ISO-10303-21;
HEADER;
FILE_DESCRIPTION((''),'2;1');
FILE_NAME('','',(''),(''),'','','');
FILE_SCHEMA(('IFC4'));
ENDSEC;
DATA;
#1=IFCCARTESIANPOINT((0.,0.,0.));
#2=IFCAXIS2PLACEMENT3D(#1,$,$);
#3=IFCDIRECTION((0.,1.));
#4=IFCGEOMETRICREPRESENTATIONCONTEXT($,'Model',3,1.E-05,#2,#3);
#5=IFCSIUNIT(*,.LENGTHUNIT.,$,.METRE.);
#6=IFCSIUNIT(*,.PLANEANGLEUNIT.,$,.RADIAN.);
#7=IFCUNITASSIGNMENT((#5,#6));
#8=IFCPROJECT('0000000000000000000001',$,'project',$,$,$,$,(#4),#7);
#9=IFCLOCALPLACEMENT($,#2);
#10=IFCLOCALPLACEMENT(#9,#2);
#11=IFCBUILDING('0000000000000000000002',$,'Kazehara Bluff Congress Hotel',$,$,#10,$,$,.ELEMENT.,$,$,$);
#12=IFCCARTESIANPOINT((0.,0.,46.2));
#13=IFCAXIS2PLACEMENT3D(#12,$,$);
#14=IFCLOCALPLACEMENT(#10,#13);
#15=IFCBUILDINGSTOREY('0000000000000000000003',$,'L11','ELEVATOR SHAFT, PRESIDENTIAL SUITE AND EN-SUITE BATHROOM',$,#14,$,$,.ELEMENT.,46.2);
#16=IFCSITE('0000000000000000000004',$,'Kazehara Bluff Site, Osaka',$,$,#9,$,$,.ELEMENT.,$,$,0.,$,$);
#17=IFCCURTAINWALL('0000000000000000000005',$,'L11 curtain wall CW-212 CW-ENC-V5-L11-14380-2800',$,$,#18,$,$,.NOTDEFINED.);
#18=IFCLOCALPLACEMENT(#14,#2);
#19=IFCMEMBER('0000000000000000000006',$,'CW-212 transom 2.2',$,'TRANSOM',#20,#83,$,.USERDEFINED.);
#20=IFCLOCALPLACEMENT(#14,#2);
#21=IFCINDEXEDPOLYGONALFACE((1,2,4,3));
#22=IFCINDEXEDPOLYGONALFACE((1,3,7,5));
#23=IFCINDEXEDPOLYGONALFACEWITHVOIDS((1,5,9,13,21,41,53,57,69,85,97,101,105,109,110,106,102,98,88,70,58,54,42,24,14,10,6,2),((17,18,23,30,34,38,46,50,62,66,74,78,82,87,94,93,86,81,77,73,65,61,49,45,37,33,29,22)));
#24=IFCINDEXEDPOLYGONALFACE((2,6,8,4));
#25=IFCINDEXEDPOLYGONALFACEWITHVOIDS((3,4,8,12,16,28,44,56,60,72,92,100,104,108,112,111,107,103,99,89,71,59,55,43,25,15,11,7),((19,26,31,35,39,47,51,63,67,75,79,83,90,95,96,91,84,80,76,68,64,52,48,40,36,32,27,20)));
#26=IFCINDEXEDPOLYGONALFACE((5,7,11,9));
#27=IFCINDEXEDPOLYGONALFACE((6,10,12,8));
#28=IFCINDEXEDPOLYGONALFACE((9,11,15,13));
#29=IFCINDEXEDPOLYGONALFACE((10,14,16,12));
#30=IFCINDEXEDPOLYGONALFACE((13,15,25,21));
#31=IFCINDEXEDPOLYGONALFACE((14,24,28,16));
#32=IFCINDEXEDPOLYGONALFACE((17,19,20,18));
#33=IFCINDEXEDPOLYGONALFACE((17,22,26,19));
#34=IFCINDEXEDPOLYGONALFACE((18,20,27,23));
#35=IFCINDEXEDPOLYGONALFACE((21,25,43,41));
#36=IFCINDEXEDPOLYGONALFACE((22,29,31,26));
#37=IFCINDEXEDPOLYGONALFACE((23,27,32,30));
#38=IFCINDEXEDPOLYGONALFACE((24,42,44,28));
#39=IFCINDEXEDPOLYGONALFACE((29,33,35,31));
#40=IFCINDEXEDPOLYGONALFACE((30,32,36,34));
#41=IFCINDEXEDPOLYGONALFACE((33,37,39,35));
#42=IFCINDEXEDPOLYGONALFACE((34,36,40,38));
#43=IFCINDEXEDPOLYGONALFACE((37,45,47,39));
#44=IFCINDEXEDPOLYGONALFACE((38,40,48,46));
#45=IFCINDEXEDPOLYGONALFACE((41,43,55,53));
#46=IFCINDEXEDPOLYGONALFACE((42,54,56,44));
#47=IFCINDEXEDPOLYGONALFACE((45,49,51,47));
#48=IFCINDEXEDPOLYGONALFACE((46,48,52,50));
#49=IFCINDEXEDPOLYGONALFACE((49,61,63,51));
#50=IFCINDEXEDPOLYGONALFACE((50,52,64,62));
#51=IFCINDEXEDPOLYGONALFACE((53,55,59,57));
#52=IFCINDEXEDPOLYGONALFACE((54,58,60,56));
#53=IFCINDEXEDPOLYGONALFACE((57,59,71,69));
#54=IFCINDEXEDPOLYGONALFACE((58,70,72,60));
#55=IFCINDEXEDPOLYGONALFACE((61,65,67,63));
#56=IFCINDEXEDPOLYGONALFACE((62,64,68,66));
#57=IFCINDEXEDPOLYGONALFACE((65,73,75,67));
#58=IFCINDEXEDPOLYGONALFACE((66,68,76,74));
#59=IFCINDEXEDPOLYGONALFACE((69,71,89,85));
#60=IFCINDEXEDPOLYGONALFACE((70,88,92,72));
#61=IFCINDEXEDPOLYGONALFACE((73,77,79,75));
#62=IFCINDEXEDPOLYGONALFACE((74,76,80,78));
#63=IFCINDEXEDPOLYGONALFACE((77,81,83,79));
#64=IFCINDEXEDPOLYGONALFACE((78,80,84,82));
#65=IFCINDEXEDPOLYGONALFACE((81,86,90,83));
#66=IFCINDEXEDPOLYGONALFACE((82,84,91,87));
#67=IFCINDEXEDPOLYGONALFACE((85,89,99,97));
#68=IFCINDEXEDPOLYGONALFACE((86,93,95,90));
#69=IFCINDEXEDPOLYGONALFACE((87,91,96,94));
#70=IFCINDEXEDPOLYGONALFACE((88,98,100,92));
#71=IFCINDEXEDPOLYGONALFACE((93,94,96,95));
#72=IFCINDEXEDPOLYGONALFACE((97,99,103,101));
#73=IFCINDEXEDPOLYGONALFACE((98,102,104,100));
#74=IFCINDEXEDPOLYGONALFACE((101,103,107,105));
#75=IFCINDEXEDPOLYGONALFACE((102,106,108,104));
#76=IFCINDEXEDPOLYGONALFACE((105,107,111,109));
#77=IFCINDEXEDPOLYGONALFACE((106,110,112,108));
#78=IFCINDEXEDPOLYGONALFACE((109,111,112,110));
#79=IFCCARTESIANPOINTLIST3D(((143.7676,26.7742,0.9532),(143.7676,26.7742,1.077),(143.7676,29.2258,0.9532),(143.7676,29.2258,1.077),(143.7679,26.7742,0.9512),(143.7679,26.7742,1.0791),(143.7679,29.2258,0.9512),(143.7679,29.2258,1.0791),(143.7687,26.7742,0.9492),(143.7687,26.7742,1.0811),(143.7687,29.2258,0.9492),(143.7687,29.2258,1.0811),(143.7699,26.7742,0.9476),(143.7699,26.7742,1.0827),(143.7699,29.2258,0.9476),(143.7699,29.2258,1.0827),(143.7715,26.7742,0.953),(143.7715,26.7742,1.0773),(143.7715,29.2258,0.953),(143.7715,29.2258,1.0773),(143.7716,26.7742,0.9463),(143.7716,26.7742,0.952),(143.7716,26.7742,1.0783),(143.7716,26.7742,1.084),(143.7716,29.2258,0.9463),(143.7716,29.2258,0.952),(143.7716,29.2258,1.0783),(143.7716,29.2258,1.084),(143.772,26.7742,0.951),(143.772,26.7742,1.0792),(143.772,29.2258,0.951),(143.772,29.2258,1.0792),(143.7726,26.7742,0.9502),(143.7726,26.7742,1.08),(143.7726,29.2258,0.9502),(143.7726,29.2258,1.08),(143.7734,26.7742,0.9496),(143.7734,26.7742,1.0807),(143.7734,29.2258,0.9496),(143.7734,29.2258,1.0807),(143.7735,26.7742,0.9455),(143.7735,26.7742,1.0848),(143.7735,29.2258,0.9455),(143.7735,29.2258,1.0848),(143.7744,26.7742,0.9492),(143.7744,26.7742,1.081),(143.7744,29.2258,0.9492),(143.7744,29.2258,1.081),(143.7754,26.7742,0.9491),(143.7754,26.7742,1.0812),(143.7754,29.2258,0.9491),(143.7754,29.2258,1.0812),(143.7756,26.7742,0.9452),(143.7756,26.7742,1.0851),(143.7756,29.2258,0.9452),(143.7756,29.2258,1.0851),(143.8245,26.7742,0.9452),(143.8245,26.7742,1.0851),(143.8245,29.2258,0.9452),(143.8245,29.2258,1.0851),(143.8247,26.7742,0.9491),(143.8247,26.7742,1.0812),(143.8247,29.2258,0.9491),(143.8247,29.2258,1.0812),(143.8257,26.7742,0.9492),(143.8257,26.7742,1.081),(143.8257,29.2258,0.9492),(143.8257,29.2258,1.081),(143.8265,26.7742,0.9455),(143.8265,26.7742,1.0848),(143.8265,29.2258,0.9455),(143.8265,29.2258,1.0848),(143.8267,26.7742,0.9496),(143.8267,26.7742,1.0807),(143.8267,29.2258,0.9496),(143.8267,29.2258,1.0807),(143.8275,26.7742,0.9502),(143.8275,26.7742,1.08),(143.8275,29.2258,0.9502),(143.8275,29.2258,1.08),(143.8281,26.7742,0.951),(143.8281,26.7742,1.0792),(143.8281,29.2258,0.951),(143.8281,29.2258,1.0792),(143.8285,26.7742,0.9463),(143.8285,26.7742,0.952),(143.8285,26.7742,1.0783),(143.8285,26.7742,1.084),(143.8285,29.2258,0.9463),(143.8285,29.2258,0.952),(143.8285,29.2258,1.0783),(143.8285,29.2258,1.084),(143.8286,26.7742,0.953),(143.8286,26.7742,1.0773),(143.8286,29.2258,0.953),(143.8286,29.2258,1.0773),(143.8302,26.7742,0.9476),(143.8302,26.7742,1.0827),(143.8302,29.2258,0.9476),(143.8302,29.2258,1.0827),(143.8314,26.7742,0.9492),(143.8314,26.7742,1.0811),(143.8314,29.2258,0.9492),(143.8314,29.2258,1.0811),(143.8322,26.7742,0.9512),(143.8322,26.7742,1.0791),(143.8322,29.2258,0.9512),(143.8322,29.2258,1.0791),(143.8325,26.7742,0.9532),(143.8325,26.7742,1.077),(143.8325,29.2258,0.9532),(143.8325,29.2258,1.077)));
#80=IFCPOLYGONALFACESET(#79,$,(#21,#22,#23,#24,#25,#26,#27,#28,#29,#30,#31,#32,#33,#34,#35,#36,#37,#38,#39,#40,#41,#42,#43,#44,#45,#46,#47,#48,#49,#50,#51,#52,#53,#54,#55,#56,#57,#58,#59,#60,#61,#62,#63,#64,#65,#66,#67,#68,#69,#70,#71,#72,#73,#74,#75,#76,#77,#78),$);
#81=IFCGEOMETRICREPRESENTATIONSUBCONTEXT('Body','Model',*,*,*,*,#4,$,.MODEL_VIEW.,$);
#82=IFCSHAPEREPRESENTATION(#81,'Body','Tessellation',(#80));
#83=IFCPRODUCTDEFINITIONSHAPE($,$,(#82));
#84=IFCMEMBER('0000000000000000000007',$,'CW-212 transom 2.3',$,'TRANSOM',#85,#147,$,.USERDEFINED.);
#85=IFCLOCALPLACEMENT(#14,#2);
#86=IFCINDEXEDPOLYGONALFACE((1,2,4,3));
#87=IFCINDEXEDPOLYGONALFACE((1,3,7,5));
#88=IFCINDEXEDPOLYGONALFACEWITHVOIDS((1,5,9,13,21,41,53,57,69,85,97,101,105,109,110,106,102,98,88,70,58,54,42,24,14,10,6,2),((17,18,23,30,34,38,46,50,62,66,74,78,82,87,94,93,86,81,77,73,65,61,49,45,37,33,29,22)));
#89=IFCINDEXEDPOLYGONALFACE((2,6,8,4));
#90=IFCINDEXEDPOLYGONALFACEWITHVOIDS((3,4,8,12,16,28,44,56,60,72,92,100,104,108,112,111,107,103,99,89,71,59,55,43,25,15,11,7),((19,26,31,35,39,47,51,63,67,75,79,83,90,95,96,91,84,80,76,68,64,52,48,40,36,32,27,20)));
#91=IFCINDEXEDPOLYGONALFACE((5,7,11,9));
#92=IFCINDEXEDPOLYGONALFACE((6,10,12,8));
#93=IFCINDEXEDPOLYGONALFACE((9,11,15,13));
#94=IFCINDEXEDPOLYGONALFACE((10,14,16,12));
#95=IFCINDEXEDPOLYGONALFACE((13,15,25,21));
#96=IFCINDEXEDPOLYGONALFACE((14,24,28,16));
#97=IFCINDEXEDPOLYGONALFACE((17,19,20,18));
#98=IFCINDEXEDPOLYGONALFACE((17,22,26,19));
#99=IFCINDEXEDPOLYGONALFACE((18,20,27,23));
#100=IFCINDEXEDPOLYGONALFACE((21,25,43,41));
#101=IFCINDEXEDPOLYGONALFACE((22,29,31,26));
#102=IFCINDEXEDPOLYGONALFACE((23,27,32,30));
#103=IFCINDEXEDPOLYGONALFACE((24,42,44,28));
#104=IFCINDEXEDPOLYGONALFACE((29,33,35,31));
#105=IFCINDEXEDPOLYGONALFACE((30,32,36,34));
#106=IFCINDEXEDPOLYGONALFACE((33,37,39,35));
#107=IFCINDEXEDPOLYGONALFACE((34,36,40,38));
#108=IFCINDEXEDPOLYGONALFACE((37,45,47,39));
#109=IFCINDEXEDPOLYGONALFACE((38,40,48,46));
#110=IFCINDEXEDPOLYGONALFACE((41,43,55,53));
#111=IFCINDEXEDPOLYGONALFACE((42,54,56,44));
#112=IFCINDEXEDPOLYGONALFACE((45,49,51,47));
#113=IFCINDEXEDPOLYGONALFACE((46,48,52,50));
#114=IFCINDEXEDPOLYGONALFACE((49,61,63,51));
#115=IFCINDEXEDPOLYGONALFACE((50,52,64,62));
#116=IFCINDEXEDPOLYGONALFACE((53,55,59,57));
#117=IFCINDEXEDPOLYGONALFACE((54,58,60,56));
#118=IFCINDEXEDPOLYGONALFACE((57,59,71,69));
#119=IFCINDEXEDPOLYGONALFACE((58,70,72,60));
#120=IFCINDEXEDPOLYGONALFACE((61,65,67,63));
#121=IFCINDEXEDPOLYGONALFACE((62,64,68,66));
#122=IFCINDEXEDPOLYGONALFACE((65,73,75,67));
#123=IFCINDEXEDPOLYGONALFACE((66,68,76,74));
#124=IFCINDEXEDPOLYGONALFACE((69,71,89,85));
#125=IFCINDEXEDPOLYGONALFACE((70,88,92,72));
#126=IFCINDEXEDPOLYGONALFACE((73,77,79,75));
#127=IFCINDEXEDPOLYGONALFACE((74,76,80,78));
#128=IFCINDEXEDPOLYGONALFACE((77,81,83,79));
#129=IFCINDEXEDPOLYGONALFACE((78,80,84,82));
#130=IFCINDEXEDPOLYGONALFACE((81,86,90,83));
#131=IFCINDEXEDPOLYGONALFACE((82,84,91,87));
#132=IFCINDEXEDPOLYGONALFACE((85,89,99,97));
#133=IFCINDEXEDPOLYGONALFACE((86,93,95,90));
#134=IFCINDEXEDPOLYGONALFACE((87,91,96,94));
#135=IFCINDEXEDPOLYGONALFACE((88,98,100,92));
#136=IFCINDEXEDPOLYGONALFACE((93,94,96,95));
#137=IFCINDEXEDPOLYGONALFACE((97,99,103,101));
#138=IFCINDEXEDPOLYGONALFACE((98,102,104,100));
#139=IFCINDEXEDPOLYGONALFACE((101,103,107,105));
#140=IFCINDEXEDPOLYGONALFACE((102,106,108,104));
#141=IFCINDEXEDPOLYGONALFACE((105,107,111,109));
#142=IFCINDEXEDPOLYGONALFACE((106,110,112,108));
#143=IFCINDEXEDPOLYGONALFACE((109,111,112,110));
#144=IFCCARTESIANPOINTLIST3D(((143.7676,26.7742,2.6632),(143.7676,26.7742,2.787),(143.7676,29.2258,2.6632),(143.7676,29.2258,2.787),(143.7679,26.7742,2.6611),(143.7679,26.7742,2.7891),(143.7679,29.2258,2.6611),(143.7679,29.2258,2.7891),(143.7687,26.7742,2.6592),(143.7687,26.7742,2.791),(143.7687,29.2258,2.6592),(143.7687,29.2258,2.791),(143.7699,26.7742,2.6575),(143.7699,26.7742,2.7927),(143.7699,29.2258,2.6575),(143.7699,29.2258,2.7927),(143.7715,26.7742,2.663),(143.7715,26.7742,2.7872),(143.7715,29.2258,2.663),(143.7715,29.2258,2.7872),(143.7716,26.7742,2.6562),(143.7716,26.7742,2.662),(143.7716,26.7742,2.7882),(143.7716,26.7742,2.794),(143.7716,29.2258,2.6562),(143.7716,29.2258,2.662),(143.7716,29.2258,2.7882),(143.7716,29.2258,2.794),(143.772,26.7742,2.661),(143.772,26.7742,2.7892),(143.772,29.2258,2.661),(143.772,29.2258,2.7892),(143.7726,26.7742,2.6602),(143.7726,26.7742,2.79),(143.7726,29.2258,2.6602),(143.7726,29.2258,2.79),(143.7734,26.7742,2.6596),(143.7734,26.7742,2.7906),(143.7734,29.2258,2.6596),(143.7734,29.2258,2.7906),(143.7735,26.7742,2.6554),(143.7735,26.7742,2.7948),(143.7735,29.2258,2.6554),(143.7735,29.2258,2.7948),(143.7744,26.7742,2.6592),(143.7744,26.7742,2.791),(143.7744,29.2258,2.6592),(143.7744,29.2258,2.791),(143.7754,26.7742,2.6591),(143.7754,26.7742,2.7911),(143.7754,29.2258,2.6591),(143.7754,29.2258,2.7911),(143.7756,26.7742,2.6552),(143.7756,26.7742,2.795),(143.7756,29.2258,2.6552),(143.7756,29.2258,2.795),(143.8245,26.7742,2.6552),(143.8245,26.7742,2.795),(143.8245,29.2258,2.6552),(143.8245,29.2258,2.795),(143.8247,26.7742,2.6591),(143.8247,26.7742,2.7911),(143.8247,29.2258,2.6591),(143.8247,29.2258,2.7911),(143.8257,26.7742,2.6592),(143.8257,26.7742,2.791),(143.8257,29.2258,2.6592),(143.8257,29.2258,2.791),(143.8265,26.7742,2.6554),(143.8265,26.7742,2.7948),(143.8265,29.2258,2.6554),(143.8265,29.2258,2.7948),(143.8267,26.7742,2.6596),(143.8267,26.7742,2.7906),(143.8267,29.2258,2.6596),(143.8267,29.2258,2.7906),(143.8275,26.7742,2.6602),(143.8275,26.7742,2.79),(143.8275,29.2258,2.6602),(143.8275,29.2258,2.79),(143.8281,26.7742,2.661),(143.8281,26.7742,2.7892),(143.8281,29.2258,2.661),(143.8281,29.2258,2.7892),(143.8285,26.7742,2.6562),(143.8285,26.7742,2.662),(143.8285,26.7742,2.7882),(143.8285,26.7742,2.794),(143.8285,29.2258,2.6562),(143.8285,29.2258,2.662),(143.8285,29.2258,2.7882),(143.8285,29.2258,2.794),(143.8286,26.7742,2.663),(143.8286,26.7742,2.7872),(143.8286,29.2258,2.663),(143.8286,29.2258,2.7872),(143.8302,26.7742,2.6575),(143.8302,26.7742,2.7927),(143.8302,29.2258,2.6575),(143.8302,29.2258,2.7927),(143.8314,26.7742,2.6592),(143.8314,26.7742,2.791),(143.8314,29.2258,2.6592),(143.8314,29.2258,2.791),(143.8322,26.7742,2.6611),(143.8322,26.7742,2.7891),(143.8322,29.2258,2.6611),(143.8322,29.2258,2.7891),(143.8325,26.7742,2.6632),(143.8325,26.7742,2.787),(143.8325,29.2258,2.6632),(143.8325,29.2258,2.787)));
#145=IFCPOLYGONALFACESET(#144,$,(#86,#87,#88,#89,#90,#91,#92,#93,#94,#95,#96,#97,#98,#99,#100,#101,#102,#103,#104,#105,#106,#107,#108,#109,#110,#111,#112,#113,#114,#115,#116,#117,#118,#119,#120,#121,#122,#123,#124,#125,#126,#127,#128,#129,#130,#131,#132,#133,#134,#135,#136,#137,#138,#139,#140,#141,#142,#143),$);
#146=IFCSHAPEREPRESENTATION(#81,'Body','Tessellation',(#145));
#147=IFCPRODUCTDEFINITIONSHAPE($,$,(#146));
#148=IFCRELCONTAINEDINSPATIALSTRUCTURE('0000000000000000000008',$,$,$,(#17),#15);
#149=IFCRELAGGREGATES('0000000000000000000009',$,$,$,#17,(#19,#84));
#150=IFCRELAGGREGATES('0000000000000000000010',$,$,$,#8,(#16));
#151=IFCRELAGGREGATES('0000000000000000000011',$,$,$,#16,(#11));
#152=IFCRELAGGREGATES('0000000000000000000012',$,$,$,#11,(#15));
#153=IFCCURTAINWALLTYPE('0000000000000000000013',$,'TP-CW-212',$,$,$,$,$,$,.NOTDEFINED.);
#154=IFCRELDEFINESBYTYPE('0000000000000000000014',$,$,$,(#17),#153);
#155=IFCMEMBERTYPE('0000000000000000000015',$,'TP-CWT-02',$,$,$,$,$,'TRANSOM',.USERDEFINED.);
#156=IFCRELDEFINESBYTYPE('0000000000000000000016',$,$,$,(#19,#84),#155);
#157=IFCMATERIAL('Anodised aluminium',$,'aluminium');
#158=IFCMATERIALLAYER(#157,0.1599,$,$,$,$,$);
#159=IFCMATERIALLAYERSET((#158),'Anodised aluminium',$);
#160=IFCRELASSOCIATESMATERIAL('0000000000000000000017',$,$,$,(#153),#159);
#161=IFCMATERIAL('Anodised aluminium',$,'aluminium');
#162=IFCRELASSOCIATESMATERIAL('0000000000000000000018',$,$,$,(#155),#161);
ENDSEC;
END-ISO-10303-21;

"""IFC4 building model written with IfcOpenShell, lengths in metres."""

from ifc_helpers import new_model, si_unit, direction, frame, origin, origin_2d, place, context, subcontext, project, spatial, hollow_rectangle, extrude, material, layer, layer_set, material_profile, profile_set, type_object, element, aggregate, save


model = new_model("IFC4")

# Units and contexts
model_context = context("Model", 3, precision=1e-05, world=origin(), true_north=direction((0.0, 1.0)))
body_context = subcontext(model_context, "Body", "Model", "MODEL_VIEW")
ifc_project = project(units=[si_unit("LENGTHUNIT", "METRE"), si_unit("PLANEANGLEUNIT", "RADIAN")], contexts=[model_context])

# Site, building, storey
site_placement = place(None, origin())
site = spatial("IfcSite", under=ifc_project, at=site_placement, Name="Kazehara Bluff Site, Osaka", CompositionType="ELEMENT", RefElevation=0.0)
building_placement = place(site_placement, origin())
building = spatial("IfcBuilding", under=site, at=building_placement, Name="Kazehara Bluff Congress Hotel", CompositionType="ELEMENT")
storey_placement = place(building_placement, frame((0.0, 0.0, 46.2)))
storey = spatial("IfcBuildingStorey", under=building, at=storey_placement, Name="L11", Description="ELEVATOR SHAFT, PRESIDENTIAL SUITE AND EN-SUITE BATHROOM", CompositionType="ELEMENT", Elevation=46.2)

# Curtain wall
ifc_material_1 = material(Name="Anodised aluminium", Category="aluminium")
ifc_layer_1 = layer(ifc_material_1, 0.1599)
ifc_layer_set_1 = layer_set([ifc_layer_1], Name="Anodised aluminium")
curtain_wall_type_1 = type_object("IfcCurtainWallType", Name="TP-CW-212", PredefinedType="NOTDEFINED", material=ifc_layer_set_1)
curtain_wall_1_placement = place(storey_placement, origin())
curtain_wall_1 = element("IfcCurtainWall", 1, at=curtain_wall_1_placement, inside=storey, type_object=curtain_wall_type_1, Name="L11 curtain wall CW-212 CW-ENC-V5-L11-14380-2800", PredefinedType="NOTDEFINED")

# Members
ifc_material_2 = material(Name="Anodised aluminium", Category="aluminium")
ifc_material_profile_1 = material_profile(ifc_material_2, hollow_rectangle(XDim=0.0649, YDim=0.1399, WallThickness=0.0039, InnerFilletRadius=0.0039, OuterFilletRadius=0.0081, at=origin_2d()))
ifc_profile_set_1 = profile_set([ifc_material_profile_1], Name="Anodised aluminium")
member_type_1 = type_object("IfcMemberType", Name="TP-CWT-02", ElementType="TRANSOM", PredefinedType="USERDEFINED", material=ifc_profile_set_1)
member_1_placement = place(storey_placement, frame((143.8, 26.7742, 1.0151), z_axis=(0.0, 1.0, 0.0), x_axis=(-1.0, 0.0, 0.0)))
member_1 = element("IfcMember", 2, at=member_1_placement, type_object=member_type_1, Name="CW-212 transom 2.2", ObjectType="TRANSOM", PredefinedType="USERDEFINED", context=body_context, shape_type="SweptSolid", body=[
    extrude(hollow_rectangle(XDim=0.0649, YDim=0.1399, WallThickness=0.0039, InnerFilletRadius=0.0039, OuterFilletRadius=0.0081, at=origin_2d()), origin(), (0.0, 0.0, 1.0), 2.4517),
])
member_2_placement = place(storey_placement, frame((143.8, 26.7742, 2.7251), z_axis=(0.0, 1.0, 0.0), x_axis=(-1.0, 0.0, 0.0)))
member_2 = element("IfcMember", 3, at=member_2_placement, type_object=member_type_1, Name="CW-212 transom 2.3", ObjectType="TRANSOM", PredefinedType="USERDEFINED", context=body_context, shape_type="SweptSolid", body=[
    extrude(hollow_rectangle(XDim=0.0649, YDim=0.1399, WallThickness=0.0039, InnerFilletRadius=0.0039, OuterFilletRadius=0.0081, at=origin_2d()), origin(), (0.0, 0.0, 1.0), 2.4517),
])

aggregate(curtain_wall_1, [member_1, member_2])

save(model, "model.ifc")
